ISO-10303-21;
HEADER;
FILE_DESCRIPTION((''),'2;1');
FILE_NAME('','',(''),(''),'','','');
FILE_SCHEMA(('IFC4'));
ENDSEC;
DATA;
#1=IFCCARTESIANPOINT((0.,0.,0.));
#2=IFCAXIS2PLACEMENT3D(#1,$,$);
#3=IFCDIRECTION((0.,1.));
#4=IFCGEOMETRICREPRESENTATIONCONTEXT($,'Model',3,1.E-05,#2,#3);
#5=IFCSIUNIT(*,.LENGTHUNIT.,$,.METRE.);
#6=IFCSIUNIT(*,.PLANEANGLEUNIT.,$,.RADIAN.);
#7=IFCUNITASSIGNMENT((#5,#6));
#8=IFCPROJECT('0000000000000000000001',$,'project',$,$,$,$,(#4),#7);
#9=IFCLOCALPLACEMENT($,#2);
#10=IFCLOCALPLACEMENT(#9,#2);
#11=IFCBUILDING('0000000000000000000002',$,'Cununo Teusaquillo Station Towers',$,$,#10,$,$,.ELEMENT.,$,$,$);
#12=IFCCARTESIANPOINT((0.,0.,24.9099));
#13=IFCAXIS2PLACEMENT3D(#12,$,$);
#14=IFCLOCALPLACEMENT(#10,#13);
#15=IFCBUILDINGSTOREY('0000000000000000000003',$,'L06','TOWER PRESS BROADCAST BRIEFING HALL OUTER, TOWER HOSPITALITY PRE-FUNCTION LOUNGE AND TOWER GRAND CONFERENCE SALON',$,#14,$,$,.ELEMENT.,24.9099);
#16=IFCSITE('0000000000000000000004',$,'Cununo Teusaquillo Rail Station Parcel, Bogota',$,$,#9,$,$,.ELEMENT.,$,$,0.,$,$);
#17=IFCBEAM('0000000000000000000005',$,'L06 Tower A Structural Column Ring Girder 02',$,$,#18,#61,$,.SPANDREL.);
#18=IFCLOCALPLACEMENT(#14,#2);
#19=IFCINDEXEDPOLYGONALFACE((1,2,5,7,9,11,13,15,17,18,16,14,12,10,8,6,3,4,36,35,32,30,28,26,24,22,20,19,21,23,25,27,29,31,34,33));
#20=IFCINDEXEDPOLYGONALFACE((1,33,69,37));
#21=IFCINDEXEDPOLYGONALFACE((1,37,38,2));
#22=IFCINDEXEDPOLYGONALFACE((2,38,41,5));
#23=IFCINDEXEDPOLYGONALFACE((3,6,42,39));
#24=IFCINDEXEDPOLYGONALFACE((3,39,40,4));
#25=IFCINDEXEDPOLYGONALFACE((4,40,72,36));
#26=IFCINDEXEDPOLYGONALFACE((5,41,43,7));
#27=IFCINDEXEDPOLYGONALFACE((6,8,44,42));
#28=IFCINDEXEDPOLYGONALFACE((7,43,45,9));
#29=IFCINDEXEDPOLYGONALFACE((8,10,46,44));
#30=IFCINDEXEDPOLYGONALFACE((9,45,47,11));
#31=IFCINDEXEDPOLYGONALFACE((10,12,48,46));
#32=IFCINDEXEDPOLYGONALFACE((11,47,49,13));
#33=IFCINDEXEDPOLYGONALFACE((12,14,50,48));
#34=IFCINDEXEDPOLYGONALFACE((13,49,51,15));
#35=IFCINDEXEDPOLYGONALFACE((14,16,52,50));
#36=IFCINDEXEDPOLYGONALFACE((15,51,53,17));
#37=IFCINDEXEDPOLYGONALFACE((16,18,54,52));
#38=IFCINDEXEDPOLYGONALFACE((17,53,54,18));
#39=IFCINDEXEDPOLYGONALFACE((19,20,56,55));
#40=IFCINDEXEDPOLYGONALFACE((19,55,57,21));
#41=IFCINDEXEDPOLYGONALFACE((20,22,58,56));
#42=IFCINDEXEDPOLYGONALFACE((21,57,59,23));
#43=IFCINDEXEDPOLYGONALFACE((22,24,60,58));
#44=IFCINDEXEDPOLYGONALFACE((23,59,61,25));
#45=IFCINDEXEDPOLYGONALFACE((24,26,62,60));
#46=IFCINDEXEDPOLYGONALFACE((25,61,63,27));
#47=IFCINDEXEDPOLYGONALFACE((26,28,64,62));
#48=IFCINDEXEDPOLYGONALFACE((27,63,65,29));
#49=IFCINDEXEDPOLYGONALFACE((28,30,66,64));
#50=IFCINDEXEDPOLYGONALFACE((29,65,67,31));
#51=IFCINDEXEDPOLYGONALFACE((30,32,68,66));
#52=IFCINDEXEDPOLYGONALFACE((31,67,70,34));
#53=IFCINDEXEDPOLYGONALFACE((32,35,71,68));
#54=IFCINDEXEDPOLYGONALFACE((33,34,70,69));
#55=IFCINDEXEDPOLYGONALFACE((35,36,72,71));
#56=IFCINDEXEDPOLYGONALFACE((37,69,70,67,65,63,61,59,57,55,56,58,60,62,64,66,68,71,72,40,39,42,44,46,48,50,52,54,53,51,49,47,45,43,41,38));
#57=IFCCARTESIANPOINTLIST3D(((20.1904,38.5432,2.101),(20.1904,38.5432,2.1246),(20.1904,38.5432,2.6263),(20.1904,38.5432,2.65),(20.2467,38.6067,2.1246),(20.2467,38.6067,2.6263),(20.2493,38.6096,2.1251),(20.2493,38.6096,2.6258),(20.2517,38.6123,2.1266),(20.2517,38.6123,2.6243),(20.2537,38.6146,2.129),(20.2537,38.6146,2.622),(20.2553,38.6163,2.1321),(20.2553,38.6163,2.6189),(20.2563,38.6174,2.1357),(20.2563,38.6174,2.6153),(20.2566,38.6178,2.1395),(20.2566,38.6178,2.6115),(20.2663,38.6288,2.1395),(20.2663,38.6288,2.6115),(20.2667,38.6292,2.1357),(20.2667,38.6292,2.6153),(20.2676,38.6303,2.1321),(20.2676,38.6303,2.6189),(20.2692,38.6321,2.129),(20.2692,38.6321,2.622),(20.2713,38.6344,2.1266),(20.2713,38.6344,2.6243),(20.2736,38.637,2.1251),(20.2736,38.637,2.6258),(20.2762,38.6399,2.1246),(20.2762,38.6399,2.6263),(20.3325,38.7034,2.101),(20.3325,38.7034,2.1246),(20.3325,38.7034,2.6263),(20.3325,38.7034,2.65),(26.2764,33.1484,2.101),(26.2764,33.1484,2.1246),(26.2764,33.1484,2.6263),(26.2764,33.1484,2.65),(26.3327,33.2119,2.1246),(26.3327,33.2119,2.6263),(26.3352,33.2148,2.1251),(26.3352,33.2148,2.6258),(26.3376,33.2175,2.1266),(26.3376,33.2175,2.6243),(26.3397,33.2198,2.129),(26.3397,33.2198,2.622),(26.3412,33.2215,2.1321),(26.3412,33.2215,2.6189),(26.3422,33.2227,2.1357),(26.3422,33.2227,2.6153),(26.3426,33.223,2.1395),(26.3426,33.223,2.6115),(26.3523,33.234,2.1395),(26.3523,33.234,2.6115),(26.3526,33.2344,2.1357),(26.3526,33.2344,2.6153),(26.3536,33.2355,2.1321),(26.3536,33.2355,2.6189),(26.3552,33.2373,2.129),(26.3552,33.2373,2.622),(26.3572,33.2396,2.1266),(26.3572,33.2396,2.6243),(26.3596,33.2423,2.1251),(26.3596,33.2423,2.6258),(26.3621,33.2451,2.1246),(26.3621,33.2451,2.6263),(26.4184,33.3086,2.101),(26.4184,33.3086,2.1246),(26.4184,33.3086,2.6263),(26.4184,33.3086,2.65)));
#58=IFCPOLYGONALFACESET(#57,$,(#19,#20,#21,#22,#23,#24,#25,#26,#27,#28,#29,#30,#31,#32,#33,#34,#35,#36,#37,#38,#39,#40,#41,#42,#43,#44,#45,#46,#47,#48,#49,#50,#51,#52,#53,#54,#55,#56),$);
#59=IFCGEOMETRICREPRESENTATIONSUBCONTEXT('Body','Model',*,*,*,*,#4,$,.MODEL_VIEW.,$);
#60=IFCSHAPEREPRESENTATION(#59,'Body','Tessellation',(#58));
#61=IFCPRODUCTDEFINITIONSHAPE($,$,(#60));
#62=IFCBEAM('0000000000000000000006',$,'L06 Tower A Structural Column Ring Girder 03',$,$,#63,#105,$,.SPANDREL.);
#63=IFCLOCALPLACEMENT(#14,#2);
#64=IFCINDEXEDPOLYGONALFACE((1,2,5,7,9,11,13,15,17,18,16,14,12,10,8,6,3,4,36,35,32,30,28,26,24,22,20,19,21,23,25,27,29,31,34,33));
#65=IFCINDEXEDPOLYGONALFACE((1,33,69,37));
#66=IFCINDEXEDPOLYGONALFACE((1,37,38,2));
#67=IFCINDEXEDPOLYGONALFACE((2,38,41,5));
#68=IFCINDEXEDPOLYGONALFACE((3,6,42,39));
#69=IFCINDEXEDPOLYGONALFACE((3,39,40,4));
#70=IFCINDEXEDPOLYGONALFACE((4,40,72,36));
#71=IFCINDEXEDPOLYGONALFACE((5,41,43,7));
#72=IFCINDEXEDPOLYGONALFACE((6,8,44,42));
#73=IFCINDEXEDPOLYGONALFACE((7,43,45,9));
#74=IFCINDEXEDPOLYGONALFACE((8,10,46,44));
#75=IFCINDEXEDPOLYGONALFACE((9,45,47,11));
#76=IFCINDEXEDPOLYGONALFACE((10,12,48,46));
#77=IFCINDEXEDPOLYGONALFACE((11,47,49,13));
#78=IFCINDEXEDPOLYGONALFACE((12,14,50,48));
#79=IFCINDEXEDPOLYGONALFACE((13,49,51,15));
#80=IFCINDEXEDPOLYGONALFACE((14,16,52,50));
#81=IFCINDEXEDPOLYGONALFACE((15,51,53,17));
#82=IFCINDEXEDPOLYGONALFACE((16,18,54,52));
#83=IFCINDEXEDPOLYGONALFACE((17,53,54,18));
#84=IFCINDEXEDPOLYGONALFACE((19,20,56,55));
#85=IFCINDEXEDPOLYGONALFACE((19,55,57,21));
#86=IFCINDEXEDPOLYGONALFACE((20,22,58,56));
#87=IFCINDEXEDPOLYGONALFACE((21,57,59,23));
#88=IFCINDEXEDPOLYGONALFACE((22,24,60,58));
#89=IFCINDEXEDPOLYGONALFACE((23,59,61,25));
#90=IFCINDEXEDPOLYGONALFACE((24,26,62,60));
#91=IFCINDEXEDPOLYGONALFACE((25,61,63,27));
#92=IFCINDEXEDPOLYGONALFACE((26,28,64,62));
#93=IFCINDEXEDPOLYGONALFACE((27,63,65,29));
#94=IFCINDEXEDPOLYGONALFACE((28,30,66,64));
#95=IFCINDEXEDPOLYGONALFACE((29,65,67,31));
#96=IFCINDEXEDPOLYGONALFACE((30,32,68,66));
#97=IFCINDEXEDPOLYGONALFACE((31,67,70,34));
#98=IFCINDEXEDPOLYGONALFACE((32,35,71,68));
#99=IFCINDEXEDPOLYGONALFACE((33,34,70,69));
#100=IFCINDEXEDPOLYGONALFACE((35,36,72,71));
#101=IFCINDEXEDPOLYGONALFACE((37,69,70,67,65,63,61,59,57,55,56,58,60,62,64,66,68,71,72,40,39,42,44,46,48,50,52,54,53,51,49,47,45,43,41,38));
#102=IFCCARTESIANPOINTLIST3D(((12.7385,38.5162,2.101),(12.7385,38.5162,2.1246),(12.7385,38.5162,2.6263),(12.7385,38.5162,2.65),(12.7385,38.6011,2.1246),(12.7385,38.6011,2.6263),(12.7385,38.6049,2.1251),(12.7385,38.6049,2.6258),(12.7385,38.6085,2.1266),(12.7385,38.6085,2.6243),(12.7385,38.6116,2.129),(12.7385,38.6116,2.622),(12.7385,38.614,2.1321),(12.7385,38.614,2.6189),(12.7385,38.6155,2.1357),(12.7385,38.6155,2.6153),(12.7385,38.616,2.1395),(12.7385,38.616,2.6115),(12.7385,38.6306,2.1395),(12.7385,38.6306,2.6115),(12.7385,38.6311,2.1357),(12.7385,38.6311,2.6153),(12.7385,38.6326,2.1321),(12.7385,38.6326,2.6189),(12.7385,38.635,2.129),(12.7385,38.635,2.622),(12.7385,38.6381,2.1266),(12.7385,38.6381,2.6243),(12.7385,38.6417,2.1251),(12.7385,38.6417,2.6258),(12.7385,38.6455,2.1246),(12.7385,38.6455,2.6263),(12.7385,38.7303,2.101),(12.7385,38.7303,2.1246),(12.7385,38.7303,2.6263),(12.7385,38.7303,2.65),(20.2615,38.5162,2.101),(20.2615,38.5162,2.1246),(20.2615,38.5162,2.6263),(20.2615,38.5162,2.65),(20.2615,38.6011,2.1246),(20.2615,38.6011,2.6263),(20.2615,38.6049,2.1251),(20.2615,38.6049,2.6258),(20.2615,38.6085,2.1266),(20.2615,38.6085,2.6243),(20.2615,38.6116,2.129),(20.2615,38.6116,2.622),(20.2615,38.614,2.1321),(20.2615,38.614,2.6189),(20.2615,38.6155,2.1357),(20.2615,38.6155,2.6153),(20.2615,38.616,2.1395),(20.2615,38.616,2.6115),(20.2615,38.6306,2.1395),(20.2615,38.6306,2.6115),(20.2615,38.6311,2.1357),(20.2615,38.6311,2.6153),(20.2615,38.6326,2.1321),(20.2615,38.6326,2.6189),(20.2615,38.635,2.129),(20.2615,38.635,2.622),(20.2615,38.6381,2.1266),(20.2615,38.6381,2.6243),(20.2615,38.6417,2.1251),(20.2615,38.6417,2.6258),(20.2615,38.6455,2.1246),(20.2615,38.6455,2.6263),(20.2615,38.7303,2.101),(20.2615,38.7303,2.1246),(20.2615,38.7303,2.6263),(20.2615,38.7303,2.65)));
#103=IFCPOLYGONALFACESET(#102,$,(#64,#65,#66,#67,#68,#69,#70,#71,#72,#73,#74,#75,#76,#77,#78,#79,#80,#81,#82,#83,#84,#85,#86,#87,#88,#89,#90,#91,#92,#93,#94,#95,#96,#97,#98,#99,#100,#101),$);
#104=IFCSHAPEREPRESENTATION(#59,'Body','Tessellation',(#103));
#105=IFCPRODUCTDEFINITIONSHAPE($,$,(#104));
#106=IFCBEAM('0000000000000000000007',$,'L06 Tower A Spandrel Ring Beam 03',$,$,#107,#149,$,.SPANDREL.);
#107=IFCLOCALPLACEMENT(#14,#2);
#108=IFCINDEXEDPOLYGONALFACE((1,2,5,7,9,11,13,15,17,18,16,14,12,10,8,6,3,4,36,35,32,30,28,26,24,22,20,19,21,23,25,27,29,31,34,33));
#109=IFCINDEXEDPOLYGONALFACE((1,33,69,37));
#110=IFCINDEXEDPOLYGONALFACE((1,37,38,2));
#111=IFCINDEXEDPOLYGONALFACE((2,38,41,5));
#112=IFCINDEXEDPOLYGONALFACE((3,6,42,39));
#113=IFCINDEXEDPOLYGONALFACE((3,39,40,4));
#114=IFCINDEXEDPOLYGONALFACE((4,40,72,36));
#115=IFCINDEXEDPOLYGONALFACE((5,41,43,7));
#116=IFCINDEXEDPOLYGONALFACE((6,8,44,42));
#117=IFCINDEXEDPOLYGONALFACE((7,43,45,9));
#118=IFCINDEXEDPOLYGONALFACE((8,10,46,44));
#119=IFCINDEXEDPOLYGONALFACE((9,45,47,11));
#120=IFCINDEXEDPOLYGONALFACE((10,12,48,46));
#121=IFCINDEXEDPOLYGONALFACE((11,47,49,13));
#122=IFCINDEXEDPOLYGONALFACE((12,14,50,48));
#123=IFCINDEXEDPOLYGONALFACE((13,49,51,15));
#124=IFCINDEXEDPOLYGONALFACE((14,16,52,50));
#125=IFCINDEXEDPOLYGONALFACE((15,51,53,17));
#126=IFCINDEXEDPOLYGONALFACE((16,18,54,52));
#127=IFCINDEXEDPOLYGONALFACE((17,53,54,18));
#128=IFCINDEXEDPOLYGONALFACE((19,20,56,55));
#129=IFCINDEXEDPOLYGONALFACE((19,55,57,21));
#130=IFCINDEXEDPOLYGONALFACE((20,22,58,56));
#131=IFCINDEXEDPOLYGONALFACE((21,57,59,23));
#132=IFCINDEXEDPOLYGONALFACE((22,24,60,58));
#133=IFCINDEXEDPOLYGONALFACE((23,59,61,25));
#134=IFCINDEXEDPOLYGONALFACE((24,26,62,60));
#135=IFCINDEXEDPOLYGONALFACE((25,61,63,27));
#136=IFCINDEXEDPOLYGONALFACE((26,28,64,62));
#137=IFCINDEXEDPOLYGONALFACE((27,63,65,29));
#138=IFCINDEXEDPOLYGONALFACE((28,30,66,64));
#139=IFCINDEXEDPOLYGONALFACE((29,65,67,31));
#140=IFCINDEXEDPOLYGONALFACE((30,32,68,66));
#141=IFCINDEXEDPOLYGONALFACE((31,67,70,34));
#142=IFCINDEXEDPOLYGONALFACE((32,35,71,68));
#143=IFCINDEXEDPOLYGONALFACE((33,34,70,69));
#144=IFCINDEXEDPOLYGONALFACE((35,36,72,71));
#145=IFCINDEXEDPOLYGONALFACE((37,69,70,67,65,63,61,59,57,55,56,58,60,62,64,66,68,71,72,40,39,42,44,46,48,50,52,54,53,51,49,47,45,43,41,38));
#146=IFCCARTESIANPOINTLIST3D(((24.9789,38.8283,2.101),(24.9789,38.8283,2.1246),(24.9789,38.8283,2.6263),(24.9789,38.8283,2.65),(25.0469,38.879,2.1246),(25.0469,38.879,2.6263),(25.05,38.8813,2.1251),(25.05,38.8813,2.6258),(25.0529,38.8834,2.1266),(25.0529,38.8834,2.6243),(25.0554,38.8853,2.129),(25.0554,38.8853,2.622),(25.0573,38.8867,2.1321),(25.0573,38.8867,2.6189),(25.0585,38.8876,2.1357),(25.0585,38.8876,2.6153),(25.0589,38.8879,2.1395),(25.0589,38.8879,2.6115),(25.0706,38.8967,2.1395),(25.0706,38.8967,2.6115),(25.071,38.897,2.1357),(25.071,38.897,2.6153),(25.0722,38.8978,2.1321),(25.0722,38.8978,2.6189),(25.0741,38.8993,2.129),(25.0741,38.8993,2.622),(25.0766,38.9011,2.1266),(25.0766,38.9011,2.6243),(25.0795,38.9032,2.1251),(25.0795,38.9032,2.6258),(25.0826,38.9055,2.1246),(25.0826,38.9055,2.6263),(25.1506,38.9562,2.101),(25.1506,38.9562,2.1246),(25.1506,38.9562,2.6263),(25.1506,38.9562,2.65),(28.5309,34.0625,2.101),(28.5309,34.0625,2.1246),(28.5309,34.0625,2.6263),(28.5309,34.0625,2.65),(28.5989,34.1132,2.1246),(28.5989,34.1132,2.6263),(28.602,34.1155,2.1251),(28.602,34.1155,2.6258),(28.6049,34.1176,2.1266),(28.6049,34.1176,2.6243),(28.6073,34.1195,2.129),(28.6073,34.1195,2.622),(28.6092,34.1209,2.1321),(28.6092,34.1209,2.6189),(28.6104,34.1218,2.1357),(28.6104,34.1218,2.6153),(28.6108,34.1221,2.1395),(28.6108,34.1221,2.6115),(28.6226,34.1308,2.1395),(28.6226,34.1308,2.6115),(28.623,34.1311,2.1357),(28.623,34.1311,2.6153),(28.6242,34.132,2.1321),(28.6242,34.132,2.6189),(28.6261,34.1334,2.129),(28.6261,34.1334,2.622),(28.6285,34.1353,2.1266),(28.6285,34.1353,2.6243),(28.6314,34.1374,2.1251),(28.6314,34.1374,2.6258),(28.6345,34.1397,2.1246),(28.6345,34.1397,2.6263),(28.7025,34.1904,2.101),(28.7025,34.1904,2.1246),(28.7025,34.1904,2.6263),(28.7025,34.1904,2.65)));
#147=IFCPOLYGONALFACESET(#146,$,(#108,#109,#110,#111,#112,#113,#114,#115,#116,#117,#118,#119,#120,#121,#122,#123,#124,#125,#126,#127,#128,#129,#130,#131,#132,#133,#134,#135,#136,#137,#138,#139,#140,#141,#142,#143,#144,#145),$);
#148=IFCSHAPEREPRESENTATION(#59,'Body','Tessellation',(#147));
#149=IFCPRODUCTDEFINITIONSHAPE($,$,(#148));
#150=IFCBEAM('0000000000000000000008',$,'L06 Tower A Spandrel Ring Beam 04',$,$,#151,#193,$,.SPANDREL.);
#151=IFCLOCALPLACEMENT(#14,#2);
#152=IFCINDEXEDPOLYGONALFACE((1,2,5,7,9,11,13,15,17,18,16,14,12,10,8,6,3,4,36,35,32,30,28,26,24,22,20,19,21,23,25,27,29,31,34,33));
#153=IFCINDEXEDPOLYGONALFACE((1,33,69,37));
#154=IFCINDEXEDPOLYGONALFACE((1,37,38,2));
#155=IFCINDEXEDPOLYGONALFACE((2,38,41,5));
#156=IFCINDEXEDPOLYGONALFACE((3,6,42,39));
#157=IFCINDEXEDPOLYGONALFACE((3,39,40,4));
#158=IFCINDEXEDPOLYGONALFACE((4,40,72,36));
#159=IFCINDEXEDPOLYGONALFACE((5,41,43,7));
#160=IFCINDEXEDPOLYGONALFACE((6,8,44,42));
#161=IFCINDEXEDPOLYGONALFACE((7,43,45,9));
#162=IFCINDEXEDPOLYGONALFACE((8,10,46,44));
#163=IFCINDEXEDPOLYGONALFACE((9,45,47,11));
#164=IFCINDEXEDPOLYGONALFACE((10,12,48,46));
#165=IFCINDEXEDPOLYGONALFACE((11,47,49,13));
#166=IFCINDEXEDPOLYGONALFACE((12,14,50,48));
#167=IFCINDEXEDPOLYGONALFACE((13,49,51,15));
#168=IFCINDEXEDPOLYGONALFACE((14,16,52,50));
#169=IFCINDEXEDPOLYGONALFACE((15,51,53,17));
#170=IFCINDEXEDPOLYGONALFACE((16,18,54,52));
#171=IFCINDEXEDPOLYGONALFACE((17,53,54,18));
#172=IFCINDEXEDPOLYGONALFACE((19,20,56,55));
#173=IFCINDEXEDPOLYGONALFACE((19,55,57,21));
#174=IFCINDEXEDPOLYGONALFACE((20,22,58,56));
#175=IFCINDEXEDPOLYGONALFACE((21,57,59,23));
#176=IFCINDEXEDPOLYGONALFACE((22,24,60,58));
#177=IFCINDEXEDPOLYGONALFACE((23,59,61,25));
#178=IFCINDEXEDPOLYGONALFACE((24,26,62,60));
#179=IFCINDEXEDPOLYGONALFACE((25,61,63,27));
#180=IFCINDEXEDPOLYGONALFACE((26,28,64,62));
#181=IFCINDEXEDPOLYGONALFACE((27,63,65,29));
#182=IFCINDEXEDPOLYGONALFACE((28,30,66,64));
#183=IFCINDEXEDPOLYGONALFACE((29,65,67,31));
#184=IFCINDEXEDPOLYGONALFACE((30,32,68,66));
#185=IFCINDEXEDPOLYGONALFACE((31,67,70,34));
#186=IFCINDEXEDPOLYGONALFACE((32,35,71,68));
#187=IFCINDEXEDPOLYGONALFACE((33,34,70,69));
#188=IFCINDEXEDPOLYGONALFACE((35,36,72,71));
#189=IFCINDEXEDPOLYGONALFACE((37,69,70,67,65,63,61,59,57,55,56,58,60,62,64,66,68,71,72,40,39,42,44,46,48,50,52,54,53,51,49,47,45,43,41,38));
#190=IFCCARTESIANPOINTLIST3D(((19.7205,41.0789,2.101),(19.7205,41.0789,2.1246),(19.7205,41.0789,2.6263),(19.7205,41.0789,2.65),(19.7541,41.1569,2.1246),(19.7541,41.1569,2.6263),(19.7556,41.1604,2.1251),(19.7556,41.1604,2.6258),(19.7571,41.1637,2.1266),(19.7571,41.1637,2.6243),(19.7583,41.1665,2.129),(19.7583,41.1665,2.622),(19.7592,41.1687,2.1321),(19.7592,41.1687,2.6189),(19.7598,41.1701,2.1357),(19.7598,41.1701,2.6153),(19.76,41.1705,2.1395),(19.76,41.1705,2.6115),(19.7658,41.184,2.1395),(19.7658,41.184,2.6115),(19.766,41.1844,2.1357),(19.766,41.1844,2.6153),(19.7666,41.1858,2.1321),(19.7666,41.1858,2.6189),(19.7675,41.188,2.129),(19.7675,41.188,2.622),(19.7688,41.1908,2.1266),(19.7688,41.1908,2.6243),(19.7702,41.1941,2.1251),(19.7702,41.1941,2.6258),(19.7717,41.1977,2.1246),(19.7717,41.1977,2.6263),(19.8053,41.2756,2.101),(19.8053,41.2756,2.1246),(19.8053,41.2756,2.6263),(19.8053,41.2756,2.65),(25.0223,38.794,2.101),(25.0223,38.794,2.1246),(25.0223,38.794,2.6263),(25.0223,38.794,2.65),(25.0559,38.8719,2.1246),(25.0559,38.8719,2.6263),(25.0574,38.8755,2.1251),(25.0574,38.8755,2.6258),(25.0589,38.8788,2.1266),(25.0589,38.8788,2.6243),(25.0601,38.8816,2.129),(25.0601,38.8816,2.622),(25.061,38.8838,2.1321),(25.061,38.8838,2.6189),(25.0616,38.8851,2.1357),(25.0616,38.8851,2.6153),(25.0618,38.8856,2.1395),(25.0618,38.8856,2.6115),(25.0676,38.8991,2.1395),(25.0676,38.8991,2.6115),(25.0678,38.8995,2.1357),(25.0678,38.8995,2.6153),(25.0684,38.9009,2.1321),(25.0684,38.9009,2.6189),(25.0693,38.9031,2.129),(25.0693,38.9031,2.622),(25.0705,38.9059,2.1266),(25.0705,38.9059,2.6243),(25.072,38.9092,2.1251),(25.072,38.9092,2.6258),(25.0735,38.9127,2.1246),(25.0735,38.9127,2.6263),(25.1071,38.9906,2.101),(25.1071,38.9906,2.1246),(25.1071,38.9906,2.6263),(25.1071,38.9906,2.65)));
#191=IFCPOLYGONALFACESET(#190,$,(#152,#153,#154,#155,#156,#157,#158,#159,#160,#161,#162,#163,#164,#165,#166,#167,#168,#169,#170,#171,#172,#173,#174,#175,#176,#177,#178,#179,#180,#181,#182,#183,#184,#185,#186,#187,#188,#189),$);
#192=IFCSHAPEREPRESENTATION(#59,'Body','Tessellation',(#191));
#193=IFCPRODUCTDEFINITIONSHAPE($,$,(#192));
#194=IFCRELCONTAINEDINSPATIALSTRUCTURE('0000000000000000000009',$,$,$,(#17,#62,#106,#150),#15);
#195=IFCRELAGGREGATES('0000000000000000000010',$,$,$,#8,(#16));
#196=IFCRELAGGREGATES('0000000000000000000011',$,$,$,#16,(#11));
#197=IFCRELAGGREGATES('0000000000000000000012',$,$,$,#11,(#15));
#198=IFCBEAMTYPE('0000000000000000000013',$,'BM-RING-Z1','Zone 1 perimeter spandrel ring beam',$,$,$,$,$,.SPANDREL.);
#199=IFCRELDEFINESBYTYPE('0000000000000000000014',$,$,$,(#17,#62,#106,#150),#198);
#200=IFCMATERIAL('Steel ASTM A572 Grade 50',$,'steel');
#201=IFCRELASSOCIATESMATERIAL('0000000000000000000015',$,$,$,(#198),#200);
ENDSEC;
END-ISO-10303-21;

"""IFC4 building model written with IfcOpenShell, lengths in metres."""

from ifc_helpers import new_model, si_unit, direction, frame, origin, origin_2d, place, context, subcontext, project, spatial, i_section, extrude, material, material_profile, profile_set, type_object, element, save


model = new_model("IFC4")

# Units and contexts
model_context = context("Model", 3, precision=1e-05, world=origin(), true_north=direction((0.0, 1.0)))
body_context = subcontext(model_context, "Body", "Model", "MODEL_VIEW")
ifc_project = project(units=[si_unit("LENGTHUNIT", "METRE"), si_unit("PLANEANGLEUNIT", "RADIAN")], contexts=[model_context])

# Site, building, storey
site_placement = place(None, origin())
site = spatial("IfcSite", under=ifc_project, at=site_placement, Name="Cununo Teusaquillo Rail Station Parcel, Bogota", CompositionType="ELEMENT", RefElevation=0.0)
building_placement = place(site_placement, origin())
building = spatial("IfcBuilding", under=site, at=building_placement, Name="Cununo Teusaquillo Station Towers", CompositionType="ELEMENT")
storey_placement = place(building_placement, frame((0.0, 0.0, 24.9099)))
storey = spatial("IfcBuildingStorey", under=building, at=storey_placement, Name="L06", Description="TOWER PRESS BROADCAST BRIEFING HALL OUTER, TOWER HOSPITALITY PRE-FUNCTION LOUNGE AND TOWER GRAND CONFERENCE SALON", CompositionType="ELEMENT", Elevation=24.9099)

# Beams
ifc_material_1 = material(Name="Steel ASTM A572 Grade 50", Category="steel")
ifc_material_profile_1 = material_profile(ifc_material_1, i_section(OverallWidth=0.2141, OverallDepth=0.5491, WebThickness=0.0146, FlangeThickness=0.0237, FilletRadius=0.0149, at=origin_2d()), Name="W21X93")
ifc_profile_set_1 = profile_set([ifc_material_profile_1], Name="Steel ASTM A572 Grade 50")
beam_type_1 = type_object("IfcBeamType", Name="BM-RING-Z1", Description="Zone 1 perimeter spandrel ring beam", PredefinedType="SPANDREL", material=ifc_profile_set_1)
beam_1_placement = place(storey_placement, frame((26.3474, 33.2285, 2.3755), z_axis=(-0.748321, 0.663337, 0.0), x_axis=(-0.663337, -0.748321, 0.0)))
element("IfcBeam", 1, at=beam_1_placement, inside=storey, type_object=beam_type_1, Name="L06 Tower A Structural Column Ring Girder 02", PredefinedType="SPANDREL", context=body_context, shape_type="SweptSolid", body=[
    extrude(i_section(OverallWidth=0.2141, OverallDepth=0.5491, WebThickness=0.0146, FlangeThickness=0.0237, FilletRadius=0.0149, at=origin_2d()), origin(), (0.0, 0.0, 1.0), 8.1328),
])
beam_2_placement = place(storey_placement, frame((20.2615, 38.6233, 2.3755), z_axis=(-1.0, 0.0, 0.0), x_axis=(0.0, -1.0, 0.0)))
element("IfcBeam", 2, at=beam_2_placement, inside=storey, type_object=beam_type_1, Name="L06 Tower A Structural Column Ring Girder 03", PredefinedType="SPANDREL", context=body_context, shape_type="SweptSolid", body=[
    extrude(i_section(OverallWidth=0.2141, OverallDepth=0.5491, WebThickness=0.0146, FlangeThickness=0.0237, FilletRadius=0.0149, at=origin_2d()), origin(), (0.0, 0.0, 1.0), 7.5229),
])
beam_3_placement = place(storey_placement, frame((28.6167, 34.1265, 2.3755), z_axis=(-0.597585, 0.801805, 0.0), x_axis=(-0.801805, -0.597585, 0.0)))
element("IfcBeam", 3, at=beam_3_placement, inside=storey, type_object=beam_type_1, Name="L06 Tower A Spandrel Ring Beam 03", PredefinedType="SPANDREL", context=body_context, shape_type="SweptSolid", body=[
    extrude(i_section(OverallWidth=0.2141, OverallDepth=0.5491, WebThickness=0.0146, FlangeThickness=0.0237, FilletRadius=0.0149, at=origin_2d()), origin(), (0.0, 0.0, 1.0), 5.9438),
])
beam_4_placement = place(storey_placement, frame((25.0647, 38.8923, 2.3755), z_axis=(-0.918345, 0.395781, 0.0), x_axis=(-0.395781, -0.918345, 0.0)))
element("IfcBeam", 4, at=beam_4_placement, inside=storey, type_object=beam_type_1, Name="L06 Tower A Spandrel Ring Beam 04", PredefinedType="SPANDREL", context=body_context, shape_type="SweptSolid", body=[
    extrude(i_section(OverallWidth=0.2141, OverallDepth=0.5491, WebThickness=0.0146, FlangeThickness=0.0237, FilletRadius=0.0149, at=origin_2d()), origin(), (0.0, 0.0, 1.0), 5.7732),
])

save(model, "model.ifc")
